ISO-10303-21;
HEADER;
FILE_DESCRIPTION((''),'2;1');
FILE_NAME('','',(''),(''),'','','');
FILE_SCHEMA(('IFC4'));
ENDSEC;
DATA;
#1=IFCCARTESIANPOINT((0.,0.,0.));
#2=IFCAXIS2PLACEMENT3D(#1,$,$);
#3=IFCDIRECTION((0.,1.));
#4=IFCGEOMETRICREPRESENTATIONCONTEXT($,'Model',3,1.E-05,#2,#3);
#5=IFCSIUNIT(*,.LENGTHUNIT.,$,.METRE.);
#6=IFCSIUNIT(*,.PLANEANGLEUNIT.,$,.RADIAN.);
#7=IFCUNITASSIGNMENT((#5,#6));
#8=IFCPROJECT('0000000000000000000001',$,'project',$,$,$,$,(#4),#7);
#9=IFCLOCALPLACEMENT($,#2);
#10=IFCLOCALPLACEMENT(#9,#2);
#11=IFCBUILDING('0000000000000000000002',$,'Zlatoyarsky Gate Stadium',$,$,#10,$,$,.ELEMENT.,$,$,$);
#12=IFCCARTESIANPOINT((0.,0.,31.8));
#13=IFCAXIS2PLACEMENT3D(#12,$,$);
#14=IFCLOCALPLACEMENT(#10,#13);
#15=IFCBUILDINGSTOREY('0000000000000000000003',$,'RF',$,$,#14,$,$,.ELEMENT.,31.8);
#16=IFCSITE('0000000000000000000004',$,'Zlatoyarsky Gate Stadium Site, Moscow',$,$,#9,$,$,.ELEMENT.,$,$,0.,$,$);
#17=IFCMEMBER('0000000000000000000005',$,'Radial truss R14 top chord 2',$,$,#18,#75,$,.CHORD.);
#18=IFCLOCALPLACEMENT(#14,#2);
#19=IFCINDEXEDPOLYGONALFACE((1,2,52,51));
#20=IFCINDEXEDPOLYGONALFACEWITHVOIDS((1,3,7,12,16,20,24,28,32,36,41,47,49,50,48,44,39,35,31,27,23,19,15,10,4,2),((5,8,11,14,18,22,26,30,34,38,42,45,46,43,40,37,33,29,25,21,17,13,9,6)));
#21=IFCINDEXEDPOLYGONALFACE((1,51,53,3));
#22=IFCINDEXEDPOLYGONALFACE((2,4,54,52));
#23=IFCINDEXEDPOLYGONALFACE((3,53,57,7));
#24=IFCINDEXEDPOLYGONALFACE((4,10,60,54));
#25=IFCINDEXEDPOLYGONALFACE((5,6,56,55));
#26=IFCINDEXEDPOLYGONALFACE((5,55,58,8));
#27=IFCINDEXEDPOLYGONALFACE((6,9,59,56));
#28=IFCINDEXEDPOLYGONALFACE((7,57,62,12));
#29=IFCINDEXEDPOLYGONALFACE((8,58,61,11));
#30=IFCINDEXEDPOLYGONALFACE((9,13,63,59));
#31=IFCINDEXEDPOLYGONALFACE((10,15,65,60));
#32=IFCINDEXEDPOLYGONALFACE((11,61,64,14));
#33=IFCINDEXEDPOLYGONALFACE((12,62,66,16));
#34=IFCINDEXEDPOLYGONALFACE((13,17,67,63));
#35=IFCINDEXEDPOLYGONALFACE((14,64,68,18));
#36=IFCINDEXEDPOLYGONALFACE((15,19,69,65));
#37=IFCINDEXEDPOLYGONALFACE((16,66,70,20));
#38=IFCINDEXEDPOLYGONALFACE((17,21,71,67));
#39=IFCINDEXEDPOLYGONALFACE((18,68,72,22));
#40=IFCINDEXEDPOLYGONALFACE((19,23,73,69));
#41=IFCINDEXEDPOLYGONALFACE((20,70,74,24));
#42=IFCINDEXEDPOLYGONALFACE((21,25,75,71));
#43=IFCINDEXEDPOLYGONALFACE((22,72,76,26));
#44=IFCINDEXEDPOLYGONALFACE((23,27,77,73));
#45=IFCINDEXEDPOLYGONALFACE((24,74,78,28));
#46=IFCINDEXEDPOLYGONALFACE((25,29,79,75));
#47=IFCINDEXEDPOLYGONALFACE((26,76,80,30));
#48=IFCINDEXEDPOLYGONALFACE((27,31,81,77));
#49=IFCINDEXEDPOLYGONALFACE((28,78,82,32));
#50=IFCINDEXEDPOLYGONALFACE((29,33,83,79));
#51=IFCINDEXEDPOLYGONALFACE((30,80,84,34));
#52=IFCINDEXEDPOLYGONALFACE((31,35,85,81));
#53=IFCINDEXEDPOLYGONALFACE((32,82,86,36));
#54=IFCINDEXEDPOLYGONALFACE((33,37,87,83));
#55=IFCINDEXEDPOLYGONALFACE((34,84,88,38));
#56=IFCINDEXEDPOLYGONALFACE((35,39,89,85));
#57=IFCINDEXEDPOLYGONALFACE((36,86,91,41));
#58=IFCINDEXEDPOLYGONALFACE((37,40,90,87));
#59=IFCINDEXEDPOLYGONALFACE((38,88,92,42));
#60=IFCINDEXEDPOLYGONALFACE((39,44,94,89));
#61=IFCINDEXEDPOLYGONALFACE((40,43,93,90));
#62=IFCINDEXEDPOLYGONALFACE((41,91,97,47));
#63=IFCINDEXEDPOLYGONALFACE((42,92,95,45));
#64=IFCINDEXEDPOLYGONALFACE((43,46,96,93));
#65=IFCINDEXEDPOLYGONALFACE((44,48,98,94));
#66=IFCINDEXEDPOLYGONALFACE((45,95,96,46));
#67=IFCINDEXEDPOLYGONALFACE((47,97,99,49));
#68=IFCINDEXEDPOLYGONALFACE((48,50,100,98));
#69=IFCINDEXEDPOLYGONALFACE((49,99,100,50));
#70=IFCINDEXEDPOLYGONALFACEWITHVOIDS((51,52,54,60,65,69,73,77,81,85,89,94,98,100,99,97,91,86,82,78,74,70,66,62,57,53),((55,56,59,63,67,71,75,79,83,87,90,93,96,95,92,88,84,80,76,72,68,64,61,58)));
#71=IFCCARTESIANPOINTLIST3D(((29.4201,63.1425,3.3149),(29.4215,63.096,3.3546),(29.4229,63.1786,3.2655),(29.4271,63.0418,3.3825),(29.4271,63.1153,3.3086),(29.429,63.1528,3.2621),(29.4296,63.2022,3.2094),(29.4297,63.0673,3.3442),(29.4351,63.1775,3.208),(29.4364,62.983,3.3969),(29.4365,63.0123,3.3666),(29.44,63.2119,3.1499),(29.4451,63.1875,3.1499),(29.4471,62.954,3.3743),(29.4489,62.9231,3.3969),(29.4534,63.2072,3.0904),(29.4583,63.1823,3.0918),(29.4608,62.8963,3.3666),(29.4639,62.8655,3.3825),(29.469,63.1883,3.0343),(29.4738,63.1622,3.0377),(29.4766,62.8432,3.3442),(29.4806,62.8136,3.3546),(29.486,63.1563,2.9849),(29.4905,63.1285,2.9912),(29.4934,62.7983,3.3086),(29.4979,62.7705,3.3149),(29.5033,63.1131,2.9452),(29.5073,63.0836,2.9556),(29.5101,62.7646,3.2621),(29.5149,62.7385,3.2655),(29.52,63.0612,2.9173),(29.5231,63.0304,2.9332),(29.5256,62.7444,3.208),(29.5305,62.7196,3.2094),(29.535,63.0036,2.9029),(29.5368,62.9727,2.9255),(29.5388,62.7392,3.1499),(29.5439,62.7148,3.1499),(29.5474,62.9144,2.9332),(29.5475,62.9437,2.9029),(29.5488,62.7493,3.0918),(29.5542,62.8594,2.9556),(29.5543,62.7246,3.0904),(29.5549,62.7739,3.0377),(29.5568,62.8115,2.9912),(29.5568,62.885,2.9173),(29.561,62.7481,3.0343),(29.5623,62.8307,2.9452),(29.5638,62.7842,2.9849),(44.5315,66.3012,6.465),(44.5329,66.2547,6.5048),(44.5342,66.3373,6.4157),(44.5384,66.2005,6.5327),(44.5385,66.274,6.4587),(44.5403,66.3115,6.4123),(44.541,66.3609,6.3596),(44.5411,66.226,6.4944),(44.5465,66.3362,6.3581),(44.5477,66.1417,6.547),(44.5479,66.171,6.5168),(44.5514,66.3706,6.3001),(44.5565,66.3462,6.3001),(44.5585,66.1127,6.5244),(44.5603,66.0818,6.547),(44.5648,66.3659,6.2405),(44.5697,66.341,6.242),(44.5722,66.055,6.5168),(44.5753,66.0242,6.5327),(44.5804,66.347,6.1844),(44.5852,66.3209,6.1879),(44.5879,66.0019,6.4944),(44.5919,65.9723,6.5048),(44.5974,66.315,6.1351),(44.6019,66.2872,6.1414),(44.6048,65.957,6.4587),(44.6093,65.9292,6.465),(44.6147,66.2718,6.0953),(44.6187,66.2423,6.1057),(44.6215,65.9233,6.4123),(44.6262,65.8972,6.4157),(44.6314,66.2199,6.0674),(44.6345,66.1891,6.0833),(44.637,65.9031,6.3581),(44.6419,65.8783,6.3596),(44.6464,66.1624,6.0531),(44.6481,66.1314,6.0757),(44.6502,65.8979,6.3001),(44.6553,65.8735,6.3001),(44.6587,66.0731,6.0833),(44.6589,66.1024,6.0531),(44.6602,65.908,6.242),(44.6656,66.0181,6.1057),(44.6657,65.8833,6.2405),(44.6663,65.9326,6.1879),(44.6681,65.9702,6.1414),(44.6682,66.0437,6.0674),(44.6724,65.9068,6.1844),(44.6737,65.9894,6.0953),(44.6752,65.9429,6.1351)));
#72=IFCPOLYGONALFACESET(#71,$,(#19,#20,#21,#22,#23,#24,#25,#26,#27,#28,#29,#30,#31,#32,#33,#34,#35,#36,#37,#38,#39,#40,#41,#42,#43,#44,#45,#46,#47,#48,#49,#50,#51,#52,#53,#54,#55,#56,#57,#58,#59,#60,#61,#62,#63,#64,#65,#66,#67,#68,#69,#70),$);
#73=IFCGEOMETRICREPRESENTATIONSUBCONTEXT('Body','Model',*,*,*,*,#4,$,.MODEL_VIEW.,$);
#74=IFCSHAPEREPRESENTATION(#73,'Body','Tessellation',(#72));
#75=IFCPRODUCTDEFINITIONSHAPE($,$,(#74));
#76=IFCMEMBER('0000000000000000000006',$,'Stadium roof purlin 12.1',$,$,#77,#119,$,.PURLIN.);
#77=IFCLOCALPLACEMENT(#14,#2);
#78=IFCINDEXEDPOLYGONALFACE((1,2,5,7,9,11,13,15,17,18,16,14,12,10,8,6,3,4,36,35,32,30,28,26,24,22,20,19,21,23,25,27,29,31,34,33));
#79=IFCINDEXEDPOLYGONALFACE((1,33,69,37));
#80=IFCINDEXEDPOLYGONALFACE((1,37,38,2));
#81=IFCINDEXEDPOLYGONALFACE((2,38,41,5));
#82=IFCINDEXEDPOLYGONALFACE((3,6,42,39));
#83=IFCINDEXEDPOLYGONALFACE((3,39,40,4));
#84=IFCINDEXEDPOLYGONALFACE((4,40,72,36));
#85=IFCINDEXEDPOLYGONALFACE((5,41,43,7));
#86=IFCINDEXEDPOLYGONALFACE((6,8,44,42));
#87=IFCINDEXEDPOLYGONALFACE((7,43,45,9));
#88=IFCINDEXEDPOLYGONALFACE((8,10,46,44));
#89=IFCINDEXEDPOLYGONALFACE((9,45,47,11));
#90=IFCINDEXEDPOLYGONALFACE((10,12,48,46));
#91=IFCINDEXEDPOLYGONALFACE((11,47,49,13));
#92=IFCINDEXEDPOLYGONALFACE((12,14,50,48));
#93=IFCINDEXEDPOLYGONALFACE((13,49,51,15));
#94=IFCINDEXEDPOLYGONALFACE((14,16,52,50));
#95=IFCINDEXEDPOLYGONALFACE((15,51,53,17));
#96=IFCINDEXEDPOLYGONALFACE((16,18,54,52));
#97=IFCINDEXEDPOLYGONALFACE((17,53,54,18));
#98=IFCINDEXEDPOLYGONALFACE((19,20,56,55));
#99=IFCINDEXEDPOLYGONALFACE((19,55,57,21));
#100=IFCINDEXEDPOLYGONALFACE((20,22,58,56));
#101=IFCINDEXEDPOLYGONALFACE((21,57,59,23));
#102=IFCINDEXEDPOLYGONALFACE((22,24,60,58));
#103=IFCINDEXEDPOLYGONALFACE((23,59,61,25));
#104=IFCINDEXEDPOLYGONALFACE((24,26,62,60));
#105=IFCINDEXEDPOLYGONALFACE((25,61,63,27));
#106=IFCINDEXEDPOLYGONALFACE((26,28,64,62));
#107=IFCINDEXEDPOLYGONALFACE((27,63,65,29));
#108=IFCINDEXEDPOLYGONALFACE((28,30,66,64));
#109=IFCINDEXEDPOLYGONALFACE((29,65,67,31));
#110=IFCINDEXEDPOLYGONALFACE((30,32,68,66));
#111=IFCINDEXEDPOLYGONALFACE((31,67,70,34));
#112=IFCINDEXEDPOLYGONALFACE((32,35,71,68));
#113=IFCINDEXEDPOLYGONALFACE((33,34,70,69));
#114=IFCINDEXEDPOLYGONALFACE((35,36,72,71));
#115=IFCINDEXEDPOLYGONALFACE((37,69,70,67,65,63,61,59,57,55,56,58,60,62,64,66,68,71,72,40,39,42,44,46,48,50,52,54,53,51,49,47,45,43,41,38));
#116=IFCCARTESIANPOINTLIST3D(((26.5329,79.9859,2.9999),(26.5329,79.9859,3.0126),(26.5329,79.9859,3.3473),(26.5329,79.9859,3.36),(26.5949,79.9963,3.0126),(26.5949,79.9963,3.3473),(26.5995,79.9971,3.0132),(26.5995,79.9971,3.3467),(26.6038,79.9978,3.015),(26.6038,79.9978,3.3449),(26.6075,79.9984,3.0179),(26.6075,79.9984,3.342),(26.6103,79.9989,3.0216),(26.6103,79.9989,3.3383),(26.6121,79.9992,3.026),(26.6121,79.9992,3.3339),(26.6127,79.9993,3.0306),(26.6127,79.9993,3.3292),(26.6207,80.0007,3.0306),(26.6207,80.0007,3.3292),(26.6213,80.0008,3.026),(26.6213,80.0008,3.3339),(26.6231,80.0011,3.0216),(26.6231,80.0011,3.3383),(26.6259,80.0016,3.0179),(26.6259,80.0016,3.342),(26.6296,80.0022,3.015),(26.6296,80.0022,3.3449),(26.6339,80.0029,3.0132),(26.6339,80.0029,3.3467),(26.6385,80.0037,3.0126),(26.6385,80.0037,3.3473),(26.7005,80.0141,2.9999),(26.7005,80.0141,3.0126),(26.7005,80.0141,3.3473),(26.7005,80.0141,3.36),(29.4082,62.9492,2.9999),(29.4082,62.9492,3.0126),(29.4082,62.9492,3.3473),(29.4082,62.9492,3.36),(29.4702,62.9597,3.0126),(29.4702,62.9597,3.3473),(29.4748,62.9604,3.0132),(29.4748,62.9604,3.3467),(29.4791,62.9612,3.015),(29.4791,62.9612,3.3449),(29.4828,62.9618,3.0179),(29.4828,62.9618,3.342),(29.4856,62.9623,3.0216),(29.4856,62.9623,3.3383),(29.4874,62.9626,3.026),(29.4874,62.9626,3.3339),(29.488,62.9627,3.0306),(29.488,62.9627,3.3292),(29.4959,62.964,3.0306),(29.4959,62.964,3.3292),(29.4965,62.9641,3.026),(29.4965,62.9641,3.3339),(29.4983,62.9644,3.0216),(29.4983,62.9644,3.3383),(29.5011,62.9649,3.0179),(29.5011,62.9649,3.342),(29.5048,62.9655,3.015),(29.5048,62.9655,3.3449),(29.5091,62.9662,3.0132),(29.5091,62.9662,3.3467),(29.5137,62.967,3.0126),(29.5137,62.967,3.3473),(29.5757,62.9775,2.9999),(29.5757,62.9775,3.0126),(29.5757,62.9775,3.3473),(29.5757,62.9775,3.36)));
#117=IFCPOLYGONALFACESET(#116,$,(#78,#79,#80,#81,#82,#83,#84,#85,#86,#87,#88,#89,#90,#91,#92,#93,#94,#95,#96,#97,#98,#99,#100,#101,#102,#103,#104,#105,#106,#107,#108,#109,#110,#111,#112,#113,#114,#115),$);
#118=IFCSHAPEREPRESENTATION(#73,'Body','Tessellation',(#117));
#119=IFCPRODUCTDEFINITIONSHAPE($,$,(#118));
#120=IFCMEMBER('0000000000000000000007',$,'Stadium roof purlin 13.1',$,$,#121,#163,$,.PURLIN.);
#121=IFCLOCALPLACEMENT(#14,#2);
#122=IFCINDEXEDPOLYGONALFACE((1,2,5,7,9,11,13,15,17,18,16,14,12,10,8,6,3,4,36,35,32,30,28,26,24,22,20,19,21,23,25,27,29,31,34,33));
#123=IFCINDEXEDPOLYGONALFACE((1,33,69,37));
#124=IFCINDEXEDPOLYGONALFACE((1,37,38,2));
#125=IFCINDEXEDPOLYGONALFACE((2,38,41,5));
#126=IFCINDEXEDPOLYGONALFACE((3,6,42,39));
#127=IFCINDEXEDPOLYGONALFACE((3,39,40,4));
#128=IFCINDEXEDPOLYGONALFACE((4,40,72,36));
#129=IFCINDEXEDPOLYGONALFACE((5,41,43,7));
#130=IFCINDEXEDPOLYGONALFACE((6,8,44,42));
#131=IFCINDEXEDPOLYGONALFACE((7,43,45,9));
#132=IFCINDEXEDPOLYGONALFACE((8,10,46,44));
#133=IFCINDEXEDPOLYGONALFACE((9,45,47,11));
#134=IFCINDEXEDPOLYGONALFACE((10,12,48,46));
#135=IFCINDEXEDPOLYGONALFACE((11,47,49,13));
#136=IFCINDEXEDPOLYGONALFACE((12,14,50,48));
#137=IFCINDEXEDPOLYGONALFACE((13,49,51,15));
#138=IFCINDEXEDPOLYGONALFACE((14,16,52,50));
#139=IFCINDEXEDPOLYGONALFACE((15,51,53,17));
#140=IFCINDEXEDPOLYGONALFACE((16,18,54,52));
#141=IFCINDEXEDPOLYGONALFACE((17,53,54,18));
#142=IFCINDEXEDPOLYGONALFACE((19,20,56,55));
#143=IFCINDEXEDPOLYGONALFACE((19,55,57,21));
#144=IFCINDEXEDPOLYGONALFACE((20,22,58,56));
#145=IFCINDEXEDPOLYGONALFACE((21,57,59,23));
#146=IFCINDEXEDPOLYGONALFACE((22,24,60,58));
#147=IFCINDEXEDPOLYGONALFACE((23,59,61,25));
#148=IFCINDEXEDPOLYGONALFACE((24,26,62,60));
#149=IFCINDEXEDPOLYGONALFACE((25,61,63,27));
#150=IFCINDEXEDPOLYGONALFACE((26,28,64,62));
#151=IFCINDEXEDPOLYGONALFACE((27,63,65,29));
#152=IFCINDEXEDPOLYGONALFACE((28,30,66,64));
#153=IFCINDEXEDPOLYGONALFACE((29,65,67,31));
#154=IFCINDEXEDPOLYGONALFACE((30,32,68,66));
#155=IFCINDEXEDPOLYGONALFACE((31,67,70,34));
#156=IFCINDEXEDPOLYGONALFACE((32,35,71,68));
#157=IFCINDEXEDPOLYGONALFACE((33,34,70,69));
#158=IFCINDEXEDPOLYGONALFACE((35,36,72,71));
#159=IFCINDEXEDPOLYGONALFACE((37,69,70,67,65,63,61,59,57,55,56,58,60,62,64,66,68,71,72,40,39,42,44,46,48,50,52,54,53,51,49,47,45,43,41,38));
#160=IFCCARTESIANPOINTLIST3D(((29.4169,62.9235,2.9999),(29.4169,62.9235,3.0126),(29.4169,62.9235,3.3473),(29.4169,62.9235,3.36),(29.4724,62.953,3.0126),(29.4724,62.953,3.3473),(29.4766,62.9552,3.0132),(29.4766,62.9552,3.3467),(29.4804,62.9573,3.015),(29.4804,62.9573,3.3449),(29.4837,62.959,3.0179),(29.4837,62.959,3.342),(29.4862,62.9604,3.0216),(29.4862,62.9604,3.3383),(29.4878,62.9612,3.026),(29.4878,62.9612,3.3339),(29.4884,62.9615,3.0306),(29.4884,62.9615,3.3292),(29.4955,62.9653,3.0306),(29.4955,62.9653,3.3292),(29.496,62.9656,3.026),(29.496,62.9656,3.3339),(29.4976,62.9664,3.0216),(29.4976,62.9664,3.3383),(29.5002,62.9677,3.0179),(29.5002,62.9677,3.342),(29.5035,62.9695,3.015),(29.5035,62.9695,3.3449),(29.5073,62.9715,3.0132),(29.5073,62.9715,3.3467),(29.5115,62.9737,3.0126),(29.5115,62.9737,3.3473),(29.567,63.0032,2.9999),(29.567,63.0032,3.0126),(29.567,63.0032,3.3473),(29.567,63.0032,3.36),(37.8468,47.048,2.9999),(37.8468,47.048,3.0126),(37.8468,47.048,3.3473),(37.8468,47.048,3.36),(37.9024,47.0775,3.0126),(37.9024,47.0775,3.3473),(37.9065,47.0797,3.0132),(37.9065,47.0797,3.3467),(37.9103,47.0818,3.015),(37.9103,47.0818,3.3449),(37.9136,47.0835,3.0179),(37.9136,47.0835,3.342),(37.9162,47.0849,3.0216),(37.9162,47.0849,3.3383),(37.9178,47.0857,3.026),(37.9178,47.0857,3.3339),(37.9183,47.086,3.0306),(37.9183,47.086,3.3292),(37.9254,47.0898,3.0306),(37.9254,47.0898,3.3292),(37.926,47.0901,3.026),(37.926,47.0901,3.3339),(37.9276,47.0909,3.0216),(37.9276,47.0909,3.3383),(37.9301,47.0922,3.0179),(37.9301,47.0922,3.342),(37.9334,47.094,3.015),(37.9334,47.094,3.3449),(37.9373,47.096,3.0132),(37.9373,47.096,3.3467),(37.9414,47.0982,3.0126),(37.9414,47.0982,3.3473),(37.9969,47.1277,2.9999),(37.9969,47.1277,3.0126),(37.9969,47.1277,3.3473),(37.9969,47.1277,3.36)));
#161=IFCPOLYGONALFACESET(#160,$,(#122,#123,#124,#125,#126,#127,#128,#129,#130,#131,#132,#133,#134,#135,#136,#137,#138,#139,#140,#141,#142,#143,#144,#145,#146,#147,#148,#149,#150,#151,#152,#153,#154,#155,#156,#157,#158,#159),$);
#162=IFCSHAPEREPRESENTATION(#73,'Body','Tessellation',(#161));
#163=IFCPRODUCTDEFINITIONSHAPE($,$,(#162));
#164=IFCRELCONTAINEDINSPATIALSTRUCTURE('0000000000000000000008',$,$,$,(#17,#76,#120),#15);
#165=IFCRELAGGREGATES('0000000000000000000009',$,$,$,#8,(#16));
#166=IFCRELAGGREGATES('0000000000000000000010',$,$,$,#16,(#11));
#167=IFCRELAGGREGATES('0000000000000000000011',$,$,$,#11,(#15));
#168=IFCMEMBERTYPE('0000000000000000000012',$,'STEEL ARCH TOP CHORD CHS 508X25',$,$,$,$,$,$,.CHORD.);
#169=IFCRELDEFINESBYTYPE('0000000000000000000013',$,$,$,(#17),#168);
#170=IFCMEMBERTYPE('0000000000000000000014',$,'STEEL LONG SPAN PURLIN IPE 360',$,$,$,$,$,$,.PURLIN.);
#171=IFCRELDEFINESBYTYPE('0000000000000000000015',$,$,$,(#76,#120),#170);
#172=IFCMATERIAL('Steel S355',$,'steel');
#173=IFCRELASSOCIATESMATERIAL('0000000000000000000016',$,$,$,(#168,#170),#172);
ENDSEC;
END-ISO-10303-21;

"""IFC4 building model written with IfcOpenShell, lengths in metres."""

from ifc_helpers import new_model, si_unit, direction, frame, origin, origin_2d, place, context, subcontext, project, spatial, hollow_circle, i_section, extrude, material, material_profile, profile_set, type_object, element, save


model = new_model("IFC4")

# Units and contexts
model_context = context("Model", 3, precision=1e-05, world=origin(), true_north=direction((0.0, 1.0)))
body_context = subcontext(model_context, "Body", "Model", "MODEL_VIEW")
ifc_project = project(units=[si_unit("LENGTHUNIT", "METRE"), si_unit("PLANEANGLEUNIT", "RADIAN")], contexts=[model_context])

# Site, building, storey
site_placement = place(None, origin())
site = spatial("IfcSite", under=ifc_project, at=site_placement, Name="Zlatoyarsky Gate Stadium Site, Moscow", CompositionType="ELEMENT", RefElevation=0.0)
building_placement = place(site_placement, origin())
building = spatial("IfcBuilding", under=site, at=building_placement, Name="Zlatoyarsky Gate Stadium", CompositionType="ELEMENT")
storey_placement = place(building_placement, frame((0.0, 0.0, 31.8)))
storey = spatial("IfcBuildingStorey", under=building, at=storey_placement, Name="RF", CompositionType="ELEMENT", Elevation=31.8)

# Members
ifc_material_1 = material(Name="Steel S355", Category="steel")
ifc_material_profile_1 = material_profile(ifc_material_1, hollow_circle(Radius=0.2539, WallThickness=0.0249, at=origin_2d()), Name="CHS 508X25")
ifc_profile_set_1 = profile_set([ifc_material_profile_1], Name="Steel S355")
member_type_1 = type_object("IfcMemberType", Name="STEEL ARCH TOP CHORD CHS 508X25", PredefinedType="CHORD", material=ifc_profile_set_1)
member_1_placement = place(storey_placement, frame((29.4919, 62.9634, 3.1499), z_axis=(0.959081, 0.200475, 0.199933), x_axis=(-0.204606, 0.978844, 0.0)))
element("IfcMember", 1, at=member_1_placement, inside=storey, type_object=member_type_1, Name="Radial truss R14 top chord 2", PredefinedType="CHORD", context=body_context, shape_type="SweptSolid", body=[
    extrude(hollow_circle(Radius=0.2539, WallThickness=0.0249, at=origin_2d()), origin(), (0.0, 0.0, 1.0), 15.7561),
])
ifc_material_profile_2 = material_profile(ifc_material_1, i_section(OverallWidth=0.1699, OverallDepth=0.3601, WebThickness=0.0081, FlangeThickness=0.0127, FilletRadius=0.0181, at=origin_2d()), Name="IPE 360")
ifc_profile_set_2 = profile_set([ifc_material_profile_2], Name="Steel S355")
member_type_2 = type_object("IfcMemberType", Name="STEEL LONG SPAN PURLIN IPE 360", PredefinedType="PURLIN", material=ifc_profile_set_2)
member_2_placement = place(storey_placement, frame((26.6167, 80.0, 3.1799), z_axis=(0.166415, -0.986056, 0.0), x_axis=(0.986056, 0.166415, 0.0)))
element("IfcMember", 2, at=member_2_placement, inside=storey, type_object=member_type_2, Name="Stadium roof purlin 12.1", PredefinedType="PURLIN", context=body_context, shape_type="SweptSolid", body=[
    extrude(i_section(OverallWidth=0.1699, OverallDepth=0.3601, WebThickness=0.0081, FlangeThickness=0.0127, FilletRadius=0.0181, at=origin_2d()), origin(), (0.0, 0.0, 1.0), 17.2776),
])
member_3_placement = place(storey_placement, frame((29.4919, 62.9634, 3.1799), z_axis=(0.468985, -0.883206, 0.0), x_axis=(0.883206, 0.468985, 0.0)))
element("IfcMember", 3, at=member_3_placement, inside=storey, type_object=member_type_2, Name="Stadium roof purlin 13.1", PredefinedType="PURLIN", context=body_context, shape_type="SweptSolid", body=[
    extrude(i_section(OverallWidth=0.1699, OverallDepth=0.3601, WebThickness=0.0081, FlangeThickness=0.0127, FilletRadius=0.0181, at=origin_2d()), origin(), (0.0, 0.0, 1.0), 17.9749),
])

save(model, "model.ifc")
